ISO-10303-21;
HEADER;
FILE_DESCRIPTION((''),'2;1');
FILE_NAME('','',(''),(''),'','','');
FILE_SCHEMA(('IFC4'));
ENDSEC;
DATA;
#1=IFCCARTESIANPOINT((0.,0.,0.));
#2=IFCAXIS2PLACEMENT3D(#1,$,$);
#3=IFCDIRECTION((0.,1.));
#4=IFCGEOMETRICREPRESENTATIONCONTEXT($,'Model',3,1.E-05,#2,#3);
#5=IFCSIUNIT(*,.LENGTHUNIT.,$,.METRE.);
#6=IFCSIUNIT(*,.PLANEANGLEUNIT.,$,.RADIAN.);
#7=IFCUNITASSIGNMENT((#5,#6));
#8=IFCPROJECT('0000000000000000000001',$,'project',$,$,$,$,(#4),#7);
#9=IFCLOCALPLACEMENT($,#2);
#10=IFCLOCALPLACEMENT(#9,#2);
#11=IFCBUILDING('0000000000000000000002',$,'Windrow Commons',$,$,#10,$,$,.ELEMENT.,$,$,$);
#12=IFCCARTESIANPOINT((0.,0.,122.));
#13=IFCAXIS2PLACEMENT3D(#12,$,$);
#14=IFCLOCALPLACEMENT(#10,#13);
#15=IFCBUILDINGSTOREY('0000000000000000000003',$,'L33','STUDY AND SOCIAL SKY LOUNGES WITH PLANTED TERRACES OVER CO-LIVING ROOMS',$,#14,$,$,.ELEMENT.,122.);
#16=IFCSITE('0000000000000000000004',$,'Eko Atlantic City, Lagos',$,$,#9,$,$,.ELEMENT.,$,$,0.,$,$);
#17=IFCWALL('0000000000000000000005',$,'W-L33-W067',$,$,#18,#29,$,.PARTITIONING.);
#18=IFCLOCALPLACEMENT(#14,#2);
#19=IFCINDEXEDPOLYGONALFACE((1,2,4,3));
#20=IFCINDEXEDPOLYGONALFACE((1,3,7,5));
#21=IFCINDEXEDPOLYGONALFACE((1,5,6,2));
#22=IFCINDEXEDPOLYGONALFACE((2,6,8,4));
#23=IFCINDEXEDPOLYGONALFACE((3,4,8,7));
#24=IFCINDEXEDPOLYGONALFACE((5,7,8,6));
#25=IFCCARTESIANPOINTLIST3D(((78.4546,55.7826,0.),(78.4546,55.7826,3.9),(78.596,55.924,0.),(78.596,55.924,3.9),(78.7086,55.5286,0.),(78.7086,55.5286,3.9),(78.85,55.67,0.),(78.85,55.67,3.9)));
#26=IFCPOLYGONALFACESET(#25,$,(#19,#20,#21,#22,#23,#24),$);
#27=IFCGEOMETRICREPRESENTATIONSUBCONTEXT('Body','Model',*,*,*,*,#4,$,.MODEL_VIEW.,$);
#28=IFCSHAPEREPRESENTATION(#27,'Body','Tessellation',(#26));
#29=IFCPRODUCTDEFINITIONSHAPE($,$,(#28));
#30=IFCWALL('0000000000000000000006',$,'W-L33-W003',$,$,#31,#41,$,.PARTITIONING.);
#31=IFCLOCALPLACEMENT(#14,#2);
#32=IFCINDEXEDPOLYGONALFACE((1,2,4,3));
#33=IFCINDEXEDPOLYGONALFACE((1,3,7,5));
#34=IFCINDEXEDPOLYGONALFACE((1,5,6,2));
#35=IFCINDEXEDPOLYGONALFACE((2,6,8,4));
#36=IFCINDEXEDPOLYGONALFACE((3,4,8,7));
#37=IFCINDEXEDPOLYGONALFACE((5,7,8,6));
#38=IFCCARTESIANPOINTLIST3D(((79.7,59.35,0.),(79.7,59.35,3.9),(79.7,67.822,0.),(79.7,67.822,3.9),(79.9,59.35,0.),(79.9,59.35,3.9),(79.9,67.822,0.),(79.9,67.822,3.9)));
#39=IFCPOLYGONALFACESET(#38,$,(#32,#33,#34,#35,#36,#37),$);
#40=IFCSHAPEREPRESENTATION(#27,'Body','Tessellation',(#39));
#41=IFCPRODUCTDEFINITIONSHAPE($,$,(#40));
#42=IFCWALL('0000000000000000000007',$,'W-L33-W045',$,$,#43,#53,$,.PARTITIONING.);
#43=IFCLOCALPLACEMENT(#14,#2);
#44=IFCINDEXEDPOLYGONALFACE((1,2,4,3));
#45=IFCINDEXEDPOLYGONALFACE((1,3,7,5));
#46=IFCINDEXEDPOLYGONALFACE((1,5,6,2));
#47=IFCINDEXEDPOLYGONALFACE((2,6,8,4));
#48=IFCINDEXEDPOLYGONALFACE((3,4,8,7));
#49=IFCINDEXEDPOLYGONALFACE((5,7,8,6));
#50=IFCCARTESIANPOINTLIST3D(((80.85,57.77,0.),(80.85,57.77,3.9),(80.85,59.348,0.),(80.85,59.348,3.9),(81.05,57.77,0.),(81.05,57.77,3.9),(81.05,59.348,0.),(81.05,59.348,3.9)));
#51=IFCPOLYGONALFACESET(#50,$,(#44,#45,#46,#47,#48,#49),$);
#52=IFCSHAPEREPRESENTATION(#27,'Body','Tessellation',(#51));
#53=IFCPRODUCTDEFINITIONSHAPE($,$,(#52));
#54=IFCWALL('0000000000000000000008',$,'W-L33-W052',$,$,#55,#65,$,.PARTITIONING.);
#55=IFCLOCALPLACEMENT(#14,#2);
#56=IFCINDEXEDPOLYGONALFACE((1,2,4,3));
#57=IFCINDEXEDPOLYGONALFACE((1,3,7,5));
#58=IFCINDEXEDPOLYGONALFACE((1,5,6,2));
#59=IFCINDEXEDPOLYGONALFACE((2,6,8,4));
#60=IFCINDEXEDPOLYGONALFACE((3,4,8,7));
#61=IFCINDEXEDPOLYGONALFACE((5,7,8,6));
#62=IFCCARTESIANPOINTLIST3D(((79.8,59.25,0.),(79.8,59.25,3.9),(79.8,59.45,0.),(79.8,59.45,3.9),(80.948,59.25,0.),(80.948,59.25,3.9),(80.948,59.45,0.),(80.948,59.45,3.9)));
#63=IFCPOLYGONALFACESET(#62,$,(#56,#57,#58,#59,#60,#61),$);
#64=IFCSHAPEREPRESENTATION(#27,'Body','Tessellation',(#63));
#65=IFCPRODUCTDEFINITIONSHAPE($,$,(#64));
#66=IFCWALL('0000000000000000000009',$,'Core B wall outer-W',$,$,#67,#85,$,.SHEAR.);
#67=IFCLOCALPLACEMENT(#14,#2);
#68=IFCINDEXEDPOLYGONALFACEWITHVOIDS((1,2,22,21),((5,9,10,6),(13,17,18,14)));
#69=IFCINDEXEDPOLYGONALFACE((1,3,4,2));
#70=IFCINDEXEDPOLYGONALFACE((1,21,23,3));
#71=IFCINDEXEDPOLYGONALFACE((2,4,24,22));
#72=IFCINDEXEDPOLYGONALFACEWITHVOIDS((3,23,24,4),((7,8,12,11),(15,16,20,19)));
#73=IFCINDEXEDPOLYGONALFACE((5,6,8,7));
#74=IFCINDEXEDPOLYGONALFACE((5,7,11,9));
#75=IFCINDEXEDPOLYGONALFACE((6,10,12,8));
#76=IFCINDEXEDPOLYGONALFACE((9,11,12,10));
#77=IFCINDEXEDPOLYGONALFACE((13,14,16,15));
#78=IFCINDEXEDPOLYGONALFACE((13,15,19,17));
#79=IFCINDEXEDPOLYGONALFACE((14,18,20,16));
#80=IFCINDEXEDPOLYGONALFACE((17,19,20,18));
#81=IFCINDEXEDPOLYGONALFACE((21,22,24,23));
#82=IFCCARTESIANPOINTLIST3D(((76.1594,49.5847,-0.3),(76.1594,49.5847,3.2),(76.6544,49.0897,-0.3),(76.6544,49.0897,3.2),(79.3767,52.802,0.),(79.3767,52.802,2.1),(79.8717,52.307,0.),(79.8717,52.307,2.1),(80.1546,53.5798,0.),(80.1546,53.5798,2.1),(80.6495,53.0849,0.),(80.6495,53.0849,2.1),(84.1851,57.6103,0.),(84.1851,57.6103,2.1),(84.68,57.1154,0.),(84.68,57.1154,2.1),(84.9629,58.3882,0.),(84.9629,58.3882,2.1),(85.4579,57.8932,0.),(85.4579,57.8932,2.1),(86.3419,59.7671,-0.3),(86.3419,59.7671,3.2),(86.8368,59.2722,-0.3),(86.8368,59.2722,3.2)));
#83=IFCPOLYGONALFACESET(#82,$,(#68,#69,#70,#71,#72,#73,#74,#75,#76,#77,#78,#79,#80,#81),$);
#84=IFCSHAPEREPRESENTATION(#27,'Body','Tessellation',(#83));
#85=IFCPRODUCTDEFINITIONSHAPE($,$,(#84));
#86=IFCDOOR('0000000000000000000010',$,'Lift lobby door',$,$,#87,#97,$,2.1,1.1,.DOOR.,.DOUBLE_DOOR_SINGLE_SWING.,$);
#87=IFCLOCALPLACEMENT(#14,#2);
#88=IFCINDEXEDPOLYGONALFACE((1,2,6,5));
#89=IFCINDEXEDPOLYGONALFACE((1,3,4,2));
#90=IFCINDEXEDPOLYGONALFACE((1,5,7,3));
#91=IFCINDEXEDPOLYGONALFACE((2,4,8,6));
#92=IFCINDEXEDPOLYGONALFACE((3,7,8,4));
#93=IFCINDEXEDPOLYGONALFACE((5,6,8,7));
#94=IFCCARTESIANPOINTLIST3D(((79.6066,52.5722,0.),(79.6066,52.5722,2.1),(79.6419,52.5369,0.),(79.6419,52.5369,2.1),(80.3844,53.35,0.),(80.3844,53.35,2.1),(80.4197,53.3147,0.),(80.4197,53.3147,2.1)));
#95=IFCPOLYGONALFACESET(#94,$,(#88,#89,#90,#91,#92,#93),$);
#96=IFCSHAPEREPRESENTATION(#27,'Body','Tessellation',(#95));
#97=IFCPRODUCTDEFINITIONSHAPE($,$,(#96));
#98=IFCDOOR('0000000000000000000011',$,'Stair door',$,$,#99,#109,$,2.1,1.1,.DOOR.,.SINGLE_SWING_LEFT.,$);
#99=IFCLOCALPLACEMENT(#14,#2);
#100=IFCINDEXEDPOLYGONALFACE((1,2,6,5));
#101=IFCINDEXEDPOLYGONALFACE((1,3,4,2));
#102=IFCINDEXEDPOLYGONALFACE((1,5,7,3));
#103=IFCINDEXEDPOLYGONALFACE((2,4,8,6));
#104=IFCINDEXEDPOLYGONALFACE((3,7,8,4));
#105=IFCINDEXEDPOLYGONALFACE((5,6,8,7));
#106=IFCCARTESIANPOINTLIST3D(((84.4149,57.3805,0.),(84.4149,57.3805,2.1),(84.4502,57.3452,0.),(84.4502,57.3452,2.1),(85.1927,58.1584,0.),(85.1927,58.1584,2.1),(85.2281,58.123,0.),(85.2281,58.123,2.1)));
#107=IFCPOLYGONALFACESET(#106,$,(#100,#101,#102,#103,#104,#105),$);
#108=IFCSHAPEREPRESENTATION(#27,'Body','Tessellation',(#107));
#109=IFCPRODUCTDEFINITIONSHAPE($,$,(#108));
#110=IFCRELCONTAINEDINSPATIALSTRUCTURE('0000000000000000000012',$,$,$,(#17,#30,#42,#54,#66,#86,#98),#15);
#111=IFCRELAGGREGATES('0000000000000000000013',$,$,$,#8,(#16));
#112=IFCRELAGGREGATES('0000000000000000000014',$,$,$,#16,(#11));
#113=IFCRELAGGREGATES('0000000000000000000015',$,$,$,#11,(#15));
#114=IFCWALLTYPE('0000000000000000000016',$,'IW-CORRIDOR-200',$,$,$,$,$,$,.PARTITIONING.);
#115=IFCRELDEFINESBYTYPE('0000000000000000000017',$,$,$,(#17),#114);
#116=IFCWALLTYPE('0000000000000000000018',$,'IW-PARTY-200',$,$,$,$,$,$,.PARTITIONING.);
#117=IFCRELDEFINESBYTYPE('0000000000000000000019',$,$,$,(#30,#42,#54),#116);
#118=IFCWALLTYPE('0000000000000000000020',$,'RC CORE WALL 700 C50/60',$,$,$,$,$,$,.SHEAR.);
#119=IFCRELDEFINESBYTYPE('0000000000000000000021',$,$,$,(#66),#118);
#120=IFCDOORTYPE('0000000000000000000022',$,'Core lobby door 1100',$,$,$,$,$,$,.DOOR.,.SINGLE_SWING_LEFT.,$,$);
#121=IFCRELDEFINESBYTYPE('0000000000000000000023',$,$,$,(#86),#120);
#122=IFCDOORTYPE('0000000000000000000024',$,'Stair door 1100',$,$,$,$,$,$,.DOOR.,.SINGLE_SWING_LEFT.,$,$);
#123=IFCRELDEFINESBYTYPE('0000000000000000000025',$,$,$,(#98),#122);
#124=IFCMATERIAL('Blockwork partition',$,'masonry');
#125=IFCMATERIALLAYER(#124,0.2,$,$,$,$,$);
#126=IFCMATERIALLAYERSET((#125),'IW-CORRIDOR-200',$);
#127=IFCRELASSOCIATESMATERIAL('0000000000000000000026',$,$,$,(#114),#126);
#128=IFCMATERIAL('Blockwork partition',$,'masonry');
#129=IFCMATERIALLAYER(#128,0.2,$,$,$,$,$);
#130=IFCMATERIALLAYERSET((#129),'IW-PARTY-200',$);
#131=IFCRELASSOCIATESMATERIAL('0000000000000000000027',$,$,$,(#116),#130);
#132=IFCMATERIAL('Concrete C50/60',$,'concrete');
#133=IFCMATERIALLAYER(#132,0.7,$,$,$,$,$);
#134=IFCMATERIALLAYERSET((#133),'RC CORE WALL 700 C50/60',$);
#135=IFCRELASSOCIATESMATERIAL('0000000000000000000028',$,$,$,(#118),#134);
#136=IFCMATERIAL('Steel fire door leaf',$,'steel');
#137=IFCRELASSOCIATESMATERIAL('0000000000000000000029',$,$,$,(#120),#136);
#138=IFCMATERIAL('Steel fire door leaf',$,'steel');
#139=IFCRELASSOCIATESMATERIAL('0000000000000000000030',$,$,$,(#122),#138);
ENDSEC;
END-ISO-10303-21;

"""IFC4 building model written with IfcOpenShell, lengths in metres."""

from ifc_helpers import new_model, si_unit, direction, frame, frame_2d, origin, place, context, subcontext, project, spatial, rectangle, extrude, material, layer, layer_set, type_object, element, fill, save


model = new_model("IFC4")

# Units and contexts
model_context = context("Model", 3, precision=1e-05, world=origin(), true_north=direction((0.0, 1.0)))
body_context = subcontext(model_context, "Body", "Model", "MODEL_VIEW")
ifc_project = project(units=[si_unit("LENGTHUNIT", "METRE"), si_unit("PLANEANGLEUNIT", "RADIAN")], contexts=[model_context])

# Site, building, storey
site_placement = place(None, origin())
site = spatial("IfcSite", under=ifc_project, at=site_placement, Name="Eko Atlantic City, Lagos", CompositionType="ELEMENT", RefElevation=0.0)
building_placement = place(site_placement, origin())
building = spatial("IfcBuilding", under=site, at=building_placement, Name="Windrow Commons", CompositionType="ELEMENT")
storey_placement = place(building_placement, frame((0.0, 0.0, 122.0)))
storey = spatial("IfcBuildingStorey", under=building, at=storey_placement, Name="L33", Description="STUDY AND SOCIAL SKY LOUNGES WITH PLANTED TERRACES OVER CO-LIVING ROOMS", CompositionType="ELEMENT", Elevation=122.0)

# Shared definitions
ifc_material_1 = material(Name="Blockwork partition", Category="masonry")
ifc_layer_1 = layer(ifc_material_1, 0.2)
ifc_layer_set_1 = layer_set([ifc_layer_1], Name="IW-CORRIDOR-200")
wall_type_1 = type_object("IfcWallType", Name="IW-CORRIDOR-200", PredefinedType="PARTITIONING", material=ifc_layer_set_1)

# Walls
wall_1_placement = place(storey_placement, frame((78.5253, 55.8533, 0.0), z_axis=(0.0, 0.0, 1.0), x_axis=(0.707107, -0.707107, 0.0)))
element("IfcWall", 1, at=wall_1_placement, inside=storey, type_object=wall_type_1, Name="W-L33-W067", PredefinedType="PARTITIONING", context=body_context, shape_type="SweptSolid", body=[
    extrude(rectangle(XDim=0.3592, YDim=0.2, at=frame_2d((0.1796, 0.0))), origin(), (0.0, 0.0, 1.0), 3.9),
])
ifc_material_2 = material(Name="Blockwork partition", Category="masonry")
ifc_layer_2 = layer(ifc_material_2, 0.2)
ifc_layer_set_2 = layer_set([ifc_layer_2], Name="IW-PARTY-200")
wall_type_2 = type_object("IfcWallType", Name="IW-PARTY-200", PredefinedType="PARTITIONING", material=ifc_layer_set_2)
wall_2_placement = place(storey_placement, frame((79.8, 59.35, 0.0), z_axis=(0.0, 0.0, 1.0), x_axis=(0.0, 1.0, 0.0)))
element("IfcWall", 2, at=wall_2_placement, inside=storey, type_object=wall_type_2, Name="W-L33-W003", PredefinedType="PARTITIONING", context=body_context, shape_type="SweptSolid", body=[
    extrude(rectangle(XDim=8.472, YDim=0.2, at=frame_2d((4.236, 0.0))), origin(), (0.0, 0.0, 1.0), 3.9),
])
wall_3_placement = place(storey_placement, frame((80.95, 57.77, 0.0), z_axis=(0.0, 0.0, 1.0), x_axis=(0.0, 1.0, 0.0)))
element("IfcWall", 3, at=wall_3_placement, inside=storey, type_object=wall_type_2, Name="W-L33-W045", PredefinedType="PARTITIONING", context=body_context, shape_type="SweptSolid", body=[
    extrude(rectangle(XDim=1.578, YDim=0.2, at=frame_2d((0.789, 0.0))), origin(), (0.0, 0.0, 1.0), 3.9),
])
wall_4_placement = place(storey_placement, frame((79.8, 59.35, 0.0), z_axis=(0.0, 0.0, 1.0), x_axis=(1.0, 0.0, 0.0)))
element("IfcWall", 4, at=wall_4_placement, inside=storey, type_object=wall_type_2, Name="W-L33-W052", PredefinedType="PARTITIONING", context=body_context, shape_type="SweptSolid", body=[
    extrude(rectangle(XDim=1.148, YDim=0.2, at=frame_2d((0.574, 0.0))), origin(), (0.0, 0.0, 1.0), 3.9),
])

# Wall, openings, doors
ifc_material_3 = material(Name="Concrete C50/60", Category="concrete")
ifc_layer_3 = layer(ifc_material_3, 0.7)
ifc_layer_set_3 = layer_set([ifc_layer_3], Name="RC CORE WALL 700 C50/60")
wall_type_3 = type_object("IfcWallType", Name="RC CORE WALL 700 C50/60", PredefinedType="SHEAR", material=ifc_layer_set_3)
wall_5_placement = place(storey_placement, frame((76.4069, 49.3372, -0.3), z_axis=(0.0, 0.0, 1.0), x_axis=(0.707107, 0.707107, 0.0)))
wall_5 = element("IfcWall", 5, at=wall_5_placement, inside=storey, type_object=wall_type_3, Name="Core B wall outer-W", PredefinedType="SHEAR", context=body_context, shape_type="SweptSolid", body=[
    extrude(rectangle(XDim=14.4001, YDim=0.7, at=frame_2d((7.2001, 0.0))), origin(), (0.0, 0.0, 1.0), 3.5),
])
opening_1_placement = place(wall_5_placement, frame((4.55, 0.0, 0.3)))
opening_1 = element("IfcOpeningElement", 6, at=opening_1_placement, cuts=wall_5, PredefinedType="OPENING", context=body_context, shape_type="SweptSolid", body=[
    extrude(rectangle(XDim=1.1, YDim=2.1, at=frame_2d((0.55, 1.05))), frame((0.0, 0.36, 0.0), z_axis=(0.0, -1.0, 0.0), x_axis=(1.0, 0.0, 0.0)), (0.0, 0.0, 1.0), 0.72),
])
opening_2_placement = place(wall_5_placement, frame((11.35, 0.0, 0.3)))
opening_2 = element("IfcOpeningElement", 7, at=opening_2_placement, cuts=wall_5, PredefinedType="OPENING", context=body_context, shape_type="SweptSolid", body=[
    extrude(rectangle(XDim=1.1, YDim=2.1, at=frame_2d((0.55, 1.05))), frame((0.0, 0.36, 0.0), z_axis=(0.0, -1.0, 0.0), x_axis=(1.0, 0.0, 0.0)), (0.0, 0.0, 1.0), 0.72),
])
ifc_material_4 = material(Name="Steel fire door leaf", Category="steel")
door_type_1 = type_object("IfcDoorType", Name="Core lobby door 1100", OperationType="SINGLE_SWING_LEFT", PredefinedType="DOOR", material=ifc_material_4)
door_1_placement = place(opening_1_placement, origin())
door_1 = element("IfcDoor", 8, at=door_1_placement, inside=storey, type_object=door_type_1, Name="Lift lobby door", OperationType="DOUBLE_DOOR_SINGLE_SWING", OverallHeight=2.1, OverallWidth=1.1, PredefinedType="DOOR", context=body_context, shape_type="SweptSolid", body=[
    extrude(rectangle(XDim=1.1, YDim=2.1, at=frame_2d((0.55, 1.05))), frame((0.0, 0.025, 0.0), z_axis=(0.0, -1.0, 0.0), x_axis=(1.0, 0.0, 0.0)), (0.0, 0.0, 1.0), 0.05),
])
fill(opening_1, door_1)
ifc_material_5 = material(Name="Steel fire door leaf", Category="steel")
door_type_2 = type_object("IfcDoorType", Name="Stair door 1100", OperationType="SINGLE_SWING_LEFT", PredefinedType="DOOR", material=ifc_material_5)
door_2_placement = place(opening_2_placement, origin())
door_2 = element("IfcDoor", 9, at=door_2_placement, inside=storey, type_object=door_type_2, Name="Stair door", OperationType="SINGLE_SWING_LEFT", OverallHeight=2.1, OverallWidth=1.1, PredefinedType="DOOR", context=body_context, shape_type="SweptSolid", body=[
    extrude(rectangle(XDim=1.1, YDim=2.1, at=frame_2d((0.55, 1.05))), frame((0.0, 0.025, 0.0), z_axis=(0.0, -1.0, 0.0), x_axis=(1.0, 0.0, 0.0)), (0.0, 0.0, 1.0), 0.05),
])
fill(opening_2, door_2)

save(model, "model.ifc")
